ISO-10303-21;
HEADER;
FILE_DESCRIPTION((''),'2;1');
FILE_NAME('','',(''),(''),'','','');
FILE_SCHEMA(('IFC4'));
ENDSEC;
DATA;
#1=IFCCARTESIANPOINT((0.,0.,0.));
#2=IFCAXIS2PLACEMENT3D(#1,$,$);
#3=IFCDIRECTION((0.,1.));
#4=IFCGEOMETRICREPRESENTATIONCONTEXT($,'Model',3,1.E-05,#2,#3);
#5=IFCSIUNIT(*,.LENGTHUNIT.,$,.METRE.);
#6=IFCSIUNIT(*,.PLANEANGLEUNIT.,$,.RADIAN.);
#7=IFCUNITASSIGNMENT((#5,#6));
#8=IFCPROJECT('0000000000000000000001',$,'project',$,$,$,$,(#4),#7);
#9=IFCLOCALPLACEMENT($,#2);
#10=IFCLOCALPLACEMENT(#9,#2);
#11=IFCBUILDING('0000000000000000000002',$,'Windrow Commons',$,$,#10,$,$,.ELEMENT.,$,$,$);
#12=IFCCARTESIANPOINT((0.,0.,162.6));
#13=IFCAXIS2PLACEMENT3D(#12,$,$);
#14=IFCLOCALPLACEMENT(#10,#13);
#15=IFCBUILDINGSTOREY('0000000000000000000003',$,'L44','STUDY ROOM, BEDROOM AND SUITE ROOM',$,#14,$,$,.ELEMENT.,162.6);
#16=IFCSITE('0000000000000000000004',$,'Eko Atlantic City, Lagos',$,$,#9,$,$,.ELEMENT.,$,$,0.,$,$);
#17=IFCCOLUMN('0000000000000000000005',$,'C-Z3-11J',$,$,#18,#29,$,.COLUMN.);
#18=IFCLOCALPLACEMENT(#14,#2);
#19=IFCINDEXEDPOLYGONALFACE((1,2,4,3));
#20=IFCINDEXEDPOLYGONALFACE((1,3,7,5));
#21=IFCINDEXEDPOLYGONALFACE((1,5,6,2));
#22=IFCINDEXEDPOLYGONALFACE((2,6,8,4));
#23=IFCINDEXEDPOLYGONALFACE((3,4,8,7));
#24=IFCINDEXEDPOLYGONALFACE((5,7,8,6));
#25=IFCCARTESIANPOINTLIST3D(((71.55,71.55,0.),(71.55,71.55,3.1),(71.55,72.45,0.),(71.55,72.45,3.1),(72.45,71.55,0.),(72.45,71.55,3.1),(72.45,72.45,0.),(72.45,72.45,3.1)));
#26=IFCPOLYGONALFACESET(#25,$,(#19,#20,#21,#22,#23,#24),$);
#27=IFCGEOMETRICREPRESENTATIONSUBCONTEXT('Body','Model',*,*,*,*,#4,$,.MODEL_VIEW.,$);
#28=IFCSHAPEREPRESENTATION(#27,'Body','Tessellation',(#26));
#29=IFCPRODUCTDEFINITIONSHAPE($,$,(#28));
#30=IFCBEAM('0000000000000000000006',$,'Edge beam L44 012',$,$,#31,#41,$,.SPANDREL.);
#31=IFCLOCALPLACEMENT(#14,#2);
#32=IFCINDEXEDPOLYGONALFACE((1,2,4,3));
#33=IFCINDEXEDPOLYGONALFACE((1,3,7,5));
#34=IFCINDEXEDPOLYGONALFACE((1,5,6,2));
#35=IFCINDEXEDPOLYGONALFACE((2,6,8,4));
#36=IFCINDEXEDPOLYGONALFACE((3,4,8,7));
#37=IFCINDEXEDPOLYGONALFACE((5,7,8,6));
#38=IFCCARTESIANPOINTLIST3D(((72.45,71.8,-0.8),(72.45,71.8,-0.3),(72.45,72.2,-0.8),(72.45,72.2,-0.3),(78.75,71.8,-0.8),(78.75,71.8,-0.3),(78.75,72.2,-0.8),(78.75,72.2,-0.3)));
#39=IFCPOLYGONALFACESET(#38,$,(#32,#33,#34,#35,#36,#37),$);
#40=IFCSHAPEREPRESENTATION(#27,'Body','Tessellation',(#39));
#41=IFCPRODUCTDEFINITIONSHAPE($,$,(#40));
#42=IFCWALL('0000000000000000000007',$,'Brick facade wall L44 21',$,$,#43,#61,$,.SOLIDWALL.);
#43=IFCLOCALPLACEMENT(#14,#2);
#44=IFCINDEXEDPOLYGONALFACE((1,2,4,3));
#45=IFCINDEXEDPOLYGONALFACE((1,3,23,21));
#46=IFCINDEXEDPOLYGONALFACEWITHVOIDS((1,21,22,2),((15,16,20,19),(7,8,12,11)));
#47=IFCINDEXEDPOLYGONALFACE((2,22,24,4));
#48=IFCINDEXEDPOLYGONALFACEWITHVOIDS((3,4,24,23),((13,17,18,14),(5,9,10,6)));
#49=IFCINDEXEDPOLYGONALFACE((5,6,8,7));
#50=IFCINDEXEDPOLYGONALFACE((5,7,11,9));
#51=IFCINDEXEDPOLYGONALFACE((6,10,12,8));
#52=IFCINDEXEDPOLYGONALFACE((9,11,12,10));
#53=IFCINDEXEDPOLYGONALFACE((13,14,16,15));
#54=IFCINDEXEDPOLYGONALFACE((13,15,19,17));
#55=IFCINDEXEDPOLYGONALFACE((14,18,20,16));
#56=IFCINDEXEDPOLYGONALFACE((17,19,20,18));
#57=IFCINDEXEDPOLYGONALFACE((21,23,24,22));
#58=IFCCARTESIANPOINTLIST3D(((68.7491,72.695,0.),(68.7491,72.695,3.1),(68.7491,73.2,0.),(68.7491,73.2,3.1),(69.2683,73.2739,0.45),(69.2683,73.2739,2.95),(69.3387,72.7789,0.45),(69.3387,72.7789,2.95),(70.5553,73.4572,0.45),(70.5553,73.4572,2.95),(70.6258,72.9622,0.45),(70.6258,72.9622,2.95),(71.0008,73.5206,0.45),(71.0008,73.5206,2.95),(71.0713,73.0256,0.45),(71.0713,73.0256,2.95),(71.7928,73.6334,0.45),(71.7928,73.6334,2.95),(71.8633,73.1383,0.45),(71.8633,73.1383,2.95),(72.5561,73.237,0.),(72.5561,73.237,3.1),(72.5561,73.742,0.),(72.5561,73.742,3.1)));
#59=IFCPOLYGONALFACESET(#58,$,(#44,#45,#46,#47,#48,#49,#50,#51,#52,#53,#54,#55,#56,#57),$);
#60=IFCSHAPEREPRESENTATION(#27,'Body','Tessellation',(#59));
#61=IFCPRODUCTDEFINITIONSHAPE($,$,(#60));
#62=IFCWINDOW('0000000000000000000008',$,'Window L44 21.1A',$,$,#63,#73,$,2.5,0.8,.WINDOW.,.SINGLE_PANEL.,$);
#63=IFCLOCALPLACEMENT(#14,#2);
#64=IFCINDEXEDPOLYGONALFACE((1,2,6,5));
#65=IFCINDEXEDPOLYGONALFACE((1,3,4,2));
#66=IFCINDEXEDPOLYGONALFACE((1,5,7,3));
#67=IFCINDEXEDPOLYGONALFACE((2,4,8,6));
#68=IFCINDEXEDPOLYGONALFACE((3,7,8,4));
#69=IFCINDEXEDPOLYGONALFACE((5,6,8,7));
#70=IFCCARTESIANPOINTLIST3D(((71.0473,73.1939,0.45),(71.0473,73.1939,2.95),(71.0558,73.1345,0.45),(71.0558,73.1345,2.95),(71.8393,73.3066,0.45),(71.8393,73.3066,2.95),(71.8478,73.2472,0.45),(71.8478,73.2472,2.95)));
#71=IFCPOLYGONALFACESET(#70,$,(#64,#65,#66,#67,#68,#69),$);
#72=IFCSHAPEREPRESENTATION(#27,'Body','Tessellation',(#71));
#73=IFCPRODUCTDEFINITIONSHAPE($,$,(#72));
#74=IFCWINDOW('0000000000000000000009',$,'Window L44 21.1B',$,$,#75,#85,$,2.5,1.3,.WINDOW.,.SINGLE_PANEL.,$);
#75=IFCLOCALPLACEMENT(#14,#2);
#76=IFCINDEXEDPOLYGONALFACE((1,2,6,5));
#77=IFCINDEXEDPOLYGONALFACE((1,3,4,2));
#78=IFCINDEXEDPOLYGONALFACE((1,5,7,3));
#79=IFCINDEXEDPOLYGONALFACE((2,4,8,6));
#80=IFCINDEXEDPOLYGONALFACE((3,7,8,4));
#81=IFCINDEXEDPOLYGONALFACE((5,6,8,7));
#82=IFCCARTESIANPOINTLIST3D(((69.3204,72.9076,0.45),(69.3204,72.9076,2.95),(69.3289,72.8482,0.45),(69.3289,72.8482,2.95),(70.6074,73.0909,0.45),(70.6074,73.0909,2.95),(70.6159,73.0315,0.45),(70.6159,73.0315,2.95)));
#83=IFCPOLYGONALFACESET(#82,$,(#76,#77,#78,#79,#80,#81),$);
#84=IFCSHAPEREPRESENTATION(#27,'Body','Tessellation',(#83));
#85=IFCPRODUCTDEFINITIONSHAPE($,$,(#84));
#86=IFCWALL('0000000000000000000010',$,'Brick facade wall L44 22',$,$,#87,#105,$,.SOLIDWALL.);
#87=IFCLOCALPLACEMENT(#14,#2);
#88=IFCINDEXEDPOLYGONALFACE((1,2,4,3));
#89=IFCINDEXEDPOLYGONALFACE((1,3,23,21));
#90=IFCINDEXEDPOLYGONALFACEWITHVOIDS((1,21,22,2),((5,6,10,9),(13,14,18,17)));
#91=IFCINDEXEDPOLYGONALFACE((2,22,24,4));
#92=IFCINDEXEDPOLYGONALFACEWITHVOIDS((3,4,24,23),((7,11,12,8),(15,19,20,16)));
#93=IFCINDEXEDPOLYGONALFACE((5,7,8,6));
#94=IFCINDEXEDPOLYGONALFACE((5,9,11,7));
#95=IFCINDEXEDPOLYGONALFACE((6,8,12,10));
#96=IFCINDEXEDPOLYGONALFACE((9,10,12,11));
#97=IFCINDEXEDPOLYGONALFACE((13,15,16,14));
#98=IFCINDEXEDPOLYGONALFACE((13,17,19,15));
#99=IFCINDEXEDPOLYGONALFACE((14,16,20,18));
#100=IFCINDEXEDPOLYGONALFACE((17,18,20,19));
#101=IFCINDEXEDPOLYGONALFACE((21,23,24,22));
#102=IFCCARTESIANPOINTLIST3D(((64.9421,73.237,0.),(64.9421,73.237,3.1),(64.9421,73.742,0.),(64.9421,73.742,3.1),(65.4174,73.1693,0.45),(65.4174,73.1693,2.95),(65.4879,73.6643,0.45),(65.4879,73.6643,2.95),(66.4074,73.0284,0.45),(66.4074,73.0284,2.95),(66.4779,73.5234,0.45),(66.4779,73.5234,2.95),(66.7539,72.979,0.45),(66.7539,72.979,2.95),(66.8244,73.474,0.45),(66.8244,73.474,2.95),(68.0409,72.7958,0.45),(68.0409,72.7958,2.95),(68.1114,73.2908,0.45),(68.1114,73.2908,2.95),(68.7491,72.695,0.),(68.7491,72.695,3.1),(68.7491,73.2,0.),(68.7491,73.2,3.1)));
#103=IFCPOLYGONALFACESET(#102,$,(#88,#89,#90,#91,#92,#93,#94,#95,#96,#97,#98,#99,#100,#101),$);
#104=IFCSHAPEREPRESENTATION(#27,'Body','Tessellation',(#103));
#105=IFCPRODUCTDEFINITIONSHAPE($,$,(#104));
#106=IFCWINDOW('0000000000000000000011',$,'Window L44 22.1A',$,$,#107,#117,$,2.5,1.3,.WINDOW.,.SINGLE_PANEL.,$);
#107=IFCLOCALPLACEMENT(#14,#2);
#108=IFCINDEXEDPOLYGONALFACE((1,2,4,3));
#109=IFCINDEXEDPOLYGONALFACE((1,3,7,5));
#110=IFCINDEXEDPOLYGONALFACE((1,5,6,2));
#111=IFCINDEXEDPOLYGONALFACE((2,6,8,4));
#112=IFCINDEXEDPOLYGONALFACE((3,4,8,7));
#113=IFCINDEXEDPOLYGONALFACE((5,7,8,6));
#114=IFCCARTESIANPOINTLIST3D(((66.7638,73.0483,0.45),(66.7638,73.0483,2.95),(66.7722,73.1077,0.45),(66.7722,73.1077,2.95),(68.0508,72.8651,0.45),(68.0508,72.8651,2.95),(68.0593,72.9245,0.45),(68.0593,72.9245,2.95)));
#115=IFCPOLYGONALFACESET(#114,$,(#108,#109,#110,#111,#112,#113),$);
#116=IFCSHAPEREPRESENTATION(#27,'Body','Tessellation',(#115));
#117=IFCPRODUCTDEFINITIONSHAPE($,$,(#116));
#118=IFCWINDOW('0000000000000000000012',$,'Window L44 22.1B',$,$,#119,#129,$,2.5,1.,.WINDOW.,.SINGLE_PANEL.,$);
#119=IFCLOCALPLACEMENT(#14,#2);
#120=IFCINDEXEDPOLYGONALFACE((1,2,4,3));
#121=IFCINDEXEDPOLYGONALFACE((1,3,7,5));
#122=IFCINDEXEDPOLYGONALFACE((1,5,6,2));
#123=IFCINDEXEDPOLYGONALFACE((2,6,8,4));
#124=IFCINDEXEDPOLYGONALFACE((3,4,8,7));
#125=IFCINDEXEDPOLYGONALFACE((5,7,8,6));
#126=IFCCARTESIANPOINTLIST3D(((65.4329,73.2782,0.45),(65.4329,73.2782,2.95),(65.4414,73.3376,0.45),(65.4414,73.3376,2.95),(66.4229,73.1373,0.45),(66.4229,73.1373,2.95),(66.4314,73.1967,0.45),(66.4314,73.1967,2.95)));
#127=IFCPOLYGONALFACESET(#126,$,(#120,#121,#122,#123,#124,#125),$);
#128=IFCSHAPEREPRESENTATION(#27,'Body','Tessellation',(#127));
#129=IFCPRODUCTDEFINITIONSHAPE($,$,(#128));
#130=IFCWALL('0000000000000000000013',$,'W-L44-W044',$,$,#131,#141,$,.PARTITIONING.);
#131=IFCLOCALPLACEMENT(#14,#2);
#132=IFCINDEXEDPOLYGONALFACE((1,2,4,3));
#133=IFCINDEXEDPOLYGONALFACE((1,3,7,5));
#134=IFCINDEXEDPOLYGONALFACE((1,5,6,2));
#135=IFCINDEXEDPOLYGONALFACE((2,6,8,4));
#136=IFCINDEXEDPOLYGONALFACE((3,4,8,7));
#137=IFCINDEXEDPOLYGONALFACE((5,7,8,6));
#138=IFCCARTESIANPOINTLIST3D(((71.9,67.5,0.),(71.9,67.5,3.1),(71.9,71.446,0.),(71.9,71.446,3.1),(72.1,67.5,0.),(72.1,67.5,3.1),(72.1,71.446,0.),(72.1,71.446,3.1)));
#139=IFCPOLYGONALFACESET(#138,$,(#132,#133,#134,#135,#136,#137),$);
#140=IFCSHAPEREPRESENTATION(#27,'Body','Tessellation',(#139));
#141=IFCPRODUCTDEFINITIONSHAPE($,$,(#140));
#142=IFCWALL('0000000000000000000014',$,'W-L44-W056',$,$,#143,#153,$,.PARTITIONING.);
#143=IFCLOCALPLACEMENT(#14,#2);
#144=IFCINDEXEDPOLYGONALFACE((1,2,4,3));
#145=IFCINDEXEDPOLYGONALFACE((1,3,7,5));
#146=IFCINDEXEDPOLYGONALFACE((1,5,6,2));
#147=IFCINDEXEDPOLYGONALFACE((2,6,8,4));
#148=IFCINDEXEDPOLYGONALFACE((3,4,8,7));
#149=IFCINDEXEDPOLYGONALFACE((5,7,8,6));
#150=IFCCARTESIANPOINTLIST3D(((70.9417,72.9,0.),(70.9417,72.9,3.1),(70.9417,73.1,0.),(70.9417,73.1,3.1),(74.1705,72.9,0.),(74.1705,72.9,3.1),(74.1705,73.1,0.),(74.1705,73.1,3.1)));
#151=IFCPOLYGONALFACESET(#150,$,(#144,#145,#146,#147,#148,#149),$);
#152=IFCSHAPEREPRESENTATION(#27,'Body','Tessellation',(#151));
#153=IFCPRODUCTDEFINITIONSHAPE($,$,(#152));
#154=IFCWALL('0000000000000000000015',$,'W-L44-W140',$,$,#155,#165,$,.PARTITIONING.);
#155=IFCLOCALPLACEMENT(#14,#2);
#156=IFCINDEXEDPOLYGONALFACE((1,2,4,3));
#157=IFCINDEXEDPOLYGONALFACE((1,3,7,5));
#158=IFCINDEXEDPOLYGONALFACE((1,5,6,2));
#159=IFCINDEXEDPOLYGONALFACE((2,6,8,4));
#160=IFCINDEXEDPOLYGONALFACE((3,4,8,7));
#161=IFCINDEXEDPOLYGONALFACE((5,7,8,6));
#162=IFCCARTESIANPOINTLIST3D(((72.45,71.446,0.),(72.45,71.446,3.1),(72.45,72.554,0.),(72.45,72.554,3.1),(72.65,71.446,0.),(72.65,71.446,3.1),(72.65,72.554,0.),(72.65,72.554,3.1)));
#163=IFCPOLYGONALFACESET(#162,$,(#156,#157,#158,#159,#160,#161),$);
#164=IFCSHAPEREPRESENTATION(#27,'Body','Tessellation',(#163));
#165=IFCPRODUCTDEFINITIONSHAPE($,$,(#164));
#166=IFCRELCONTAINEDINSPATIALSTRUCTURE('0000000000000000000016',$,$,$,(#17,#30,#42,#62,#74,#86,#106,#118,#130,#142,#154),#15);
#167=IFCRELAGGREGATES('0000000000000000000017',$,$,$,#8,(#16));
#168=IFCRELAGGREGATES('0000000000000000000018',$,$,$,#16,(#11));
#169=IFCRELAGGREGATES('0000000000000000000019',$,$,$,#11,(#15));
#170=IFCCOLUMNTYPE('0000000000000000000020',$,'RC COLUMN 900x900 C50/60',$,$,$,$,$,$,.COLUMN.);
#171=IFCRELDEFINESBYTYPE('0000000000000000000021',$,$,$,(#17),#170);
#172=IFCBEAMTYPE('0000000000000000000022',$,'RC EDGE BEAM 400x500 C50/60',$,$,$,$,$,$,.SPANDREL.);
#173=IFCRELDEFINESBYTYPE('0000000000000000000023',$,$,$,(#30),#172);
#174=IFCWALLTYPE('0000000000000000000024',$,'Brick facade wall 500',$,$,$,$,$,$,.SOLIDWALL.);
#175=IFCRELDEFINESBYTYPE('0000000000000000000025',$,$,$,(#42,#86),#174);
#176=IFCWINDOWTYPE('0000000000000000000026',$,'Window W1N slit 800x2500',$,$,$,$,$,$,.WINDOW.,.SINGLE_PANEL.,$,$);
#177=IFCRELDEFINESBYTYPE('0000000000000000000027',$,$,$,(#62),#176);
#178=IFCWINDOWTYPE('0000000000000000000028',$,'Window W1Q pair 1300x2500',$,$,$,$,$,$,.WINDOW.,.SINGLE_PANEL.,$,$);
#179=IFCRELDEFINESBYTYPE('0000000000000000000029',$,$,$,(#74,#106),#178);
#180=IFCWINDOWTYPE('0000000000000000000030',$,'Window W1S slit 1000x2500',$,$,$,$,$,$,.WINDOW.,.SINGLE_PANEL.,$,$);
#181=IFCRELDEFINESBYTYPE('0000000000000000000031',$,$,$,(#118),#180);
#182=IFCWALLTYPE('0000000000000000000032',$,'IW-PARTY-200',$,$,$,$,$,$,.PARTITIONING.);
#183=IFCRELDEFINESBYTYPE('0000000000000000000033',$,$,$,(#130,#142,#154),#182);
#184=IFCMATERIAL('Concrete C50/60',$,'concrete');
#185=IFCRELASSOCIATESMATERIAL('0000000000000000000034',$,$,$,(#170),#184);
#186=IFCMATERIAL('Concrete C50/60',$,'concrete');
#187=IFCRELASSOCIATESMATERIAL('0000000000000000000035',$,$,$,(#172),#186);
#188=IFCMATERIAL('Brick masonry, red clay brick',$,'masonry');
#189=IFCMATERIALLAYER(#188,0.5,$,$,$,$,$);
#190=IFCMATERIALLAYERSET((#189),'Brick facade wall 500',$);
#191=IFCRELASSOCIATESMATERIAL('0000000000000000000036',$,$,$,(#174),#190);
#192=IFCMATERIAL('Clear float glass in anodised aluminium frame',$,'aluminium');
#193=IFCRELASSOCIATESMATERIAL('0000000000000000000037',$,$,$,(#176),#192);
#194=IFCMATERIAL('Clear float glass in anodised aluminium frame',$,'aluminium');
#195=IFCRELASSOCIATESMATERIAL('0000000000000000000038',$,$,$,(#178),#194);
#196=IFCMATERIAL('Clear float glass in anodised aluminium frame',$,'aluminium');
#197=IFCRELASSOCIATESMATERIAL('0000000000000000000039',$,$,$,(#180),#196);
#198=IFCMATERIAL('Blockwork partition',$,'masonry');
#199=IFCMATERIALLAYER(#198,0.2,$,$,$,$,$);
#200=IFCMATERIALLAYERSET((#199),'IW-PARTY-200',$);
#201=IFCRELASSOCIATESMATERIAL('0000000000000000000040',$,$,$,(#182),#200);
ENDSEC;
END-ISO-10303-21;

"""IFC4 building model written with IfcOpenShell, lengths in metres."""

from ifc_helpers import new_model, si_unit, direction, frame, frame_2d, origin, origin_2d, place, context, subcontext, project, spatial, polyline, rectangle, outline, extrude, material, layer, layer_set, material_profile, profile_set, type_object, element, fill, save


model = new_model("IFC4")

# Units and contexts
model_context = context("Model", 3, precision=1e-05, world=origin(), true_north=direction((0.0, 1.0)))
body_context = subcontext(model_context, "Body", "Model", "MODEL_VIEW")
ifc_project = project(units=[si_unit("LENGTHUNIT", "METRE"), si_unit("PLANEANGLEUNIT", "RADIAN")], contexts=[model_context])

# Site, building, storey
site_placement = place(None, origin())
site = spatial("IfcSite", under=ifc_project, at=site_placement, Name="Eko Atlantic City, Lagos", CompositionType="ELEMENT", RefElevation=0.0)
building_placement = place(site_placement, origin())
building = spatial("IfcBuilding", under=site, at=building_placement, Name="Windrow Commons", CompositionType="ELEMENT")
storey_placement = place(building_placement, frame((0.0, 0.0, 162.6)))
storey = spatial("IfcBuildingStorey", under=building, at=storey_placement, Name="L44", Description="STUDY ROOM, BEDROOM AND SUITE ROOM", CompositionType="ELEMENT", Elevation=162.6)

# Column
ifc_material_1 = material(Name="Concrete C50/60", Category="concrete")
ifc_material_profile_1 = material_profile(ifc_material_1, rectangle(XDim=0.9, YDim=0.9, at=origin_2d()))
ifc_profile_set_1 = profile_set([ifc_material_profile_1], Name="Concrete C50/60")
column_type = type_object("IfcColumnType", Name="RC COLUMN 900x900 C50/60", PredefinedType="COLUMN", material=ifc_profile_set_1)
column_placement = place(storey_placement, frame((72.0, 72.0, 0.0), z_axis=(0.0, 0.0, 1.0), x_axis=(1.0, 0.0, 0.0)))
element("IfcColumn", 1, at=column_placement, inside=storey, type_object=column_type, Name="C-Z3-11J", PredefinedType="COLUMN", context=body_context, shape_type="SweptSolid", body=[
    extrude(rectangle(XDim=0.9, YDim=0.9, at=origin_2d()), origin(), (0.0, 0.0, 1.0), 3.1),
])

# Beam
ifc_material_2 = material(Name="Concrete C50/60", Category="concrete")
ifc_material_profile_2 = material_profile(ifc_material_2, rectangle(XDim=0.4, YDim=0.5, at=origin_2d()))
ifc_profile_set_2 = profile_set([ifc_material_profile_2], Name="Concrete C50/60")
beam_type = type_object("IfcBeamType", Name="RC EDGE BEAM 400x500 C50/60", PredefinedType="SPANDREL", material=ifc_profile_set_2)
beam_placement = place(storey_placement, frame((72.45, 72.0, -0.55), z_axis=(1.0, 0.0, 0.0), x_axis=(0.0, 1.0, 0.0)))
element("IfcBeam", 2, at=beam_placement, inside=storey, type_object=beam_type, Name="Edge beam L44 012", PredefinedType="SPANDREL", context=body_context, shape_type="SweptSolid", body=[
    extrude(rectangle(XDim=0.4, YDim=0.5, at=origin_2d()), origin(), (0.0, 0.0, 1.0), 6.3),
])

# Walls, openings, windows
ifc_material_3 = material(Name="Brick masonry, red clay brick", Category="masonry")
ifc_layer_1 = layer(ifc_material_3, 0.5)
ifc_layer_set_1 = layer_set([ifc_layer_1], Name="Brick facade wall 500")
wall_type_1 = type_object("IfcWallType", Name="Brick facade wall 500", PredefinedType="SOLIDWALL", material=ifc_layer_set_1)
wall_1_placement = place(storey_placement, frame((72.5561, 73.4895, 0.0), z_axis=(0.0, 0.0, 1.0), x_axis=(-0.990017, -0.140948, 0.0)))
wall_1 = element("IfcWall", 3, at=wall_1_placement, inside=storey, type_object=wall_type_1, Name="Brick facade wall L44 21", PredefinedType="SOLIDWALL", context=body_context, shape_type="SweptSolid", body=[
    extrude(outline(polyline([(-0.0356, -0.25), (3.8098, -0.25), (3.881, 0.25), (0.0356, 0.25), (-0.0356, -0.25)])), origin(), (0.0, 0.0, 1.0), 3.1),
])
opening_1_placement = place(wall_1_placement, frame((0.7354, 0.0, 0.45)))
opening_1 = element("IfcOpeningElement", 4, at=opening_1_placement, cuts=wall_1, PredefinedType="OPENING", context=body_context, shape_type="SweptSolid", body=[
    extrude(rectangle(XDim=0.8, YDim=2.5, at=frame_2d((0.4, 1.25))), frame((0.0, 0.26, 0.0), z_axis=(0.0, -1.0, 0.0), x_axis=(1.0, 0.0, 0.0)), (0.0, 0.0, 1.0), 0.52),
])
opening_2_placement = place(wall_1_placement, frame((1.9854, 0.0, 0.45)))
opening_2 = element("IfcOpeningElement", 5, at=opening_2_placement, cuts=wall_1, PredefinedType="OPENING", context=body_context, shape_type="SweptSolid", body=[
    extrude(rectangle(XDim=1.3, YDim=2.5, at=frame_2d((0.65, 1.25))), frame((0.0, 0.26, 0.0), z_axis=(0.0, -1.0, 0.0), x_axis=(1.0, 0.0, 0.0)), (0.0, 0.0, 1.0), 0.52),
])
ifc_material_4 = material(Name="Clear float glass in anodised aluminium frame", Category="aluminium")
window_type_1 = type_object("IfcWindowType", Name="Window W1N slit 800x2500", PartitioningType="SINGLE_PANEL", PredefinedType="WINDOW", material=ifc_material_4)
window_1_placement = place(opening_1_placement, origin())
window_1 = element("IfcWindow", 6, at=window_1_placement, inside=storey, type_object=window_type_1, Name="Window L44 21.1A", OverallHeight=2.5, OverallWidth=0.8, PartitioningType="SINGLE_PANEL", PredefinedType="WINDOW", context=body_context, shape_type="SweptSolid", body=[
    extrude(rectangle(XDim=0.8, YDim=2.5, at=frame_2d((0.4, 1.25))), frame((0.0, 0.14, 0.0), z_axis=(0.0, -1.0, 0.0), x_axis=(1.0, 0.0, 0.0)), (0.0, 0.0, 1.0), 0.06),
])
fill(opening_1, window_1)
ifc_material_5 = material(Name="Clear float glass in anodised aluminium frame", Category="aluminium")
window_type_2 = type_object("IfcWindowType", Name="Window W1Q pair 1300x2500", PartitioningType="SINGLE_PANEL", PredefinedType="WINDOW", material=ifc_material_5)
window_2_placement = place(opening_2_placement, origin())
window_2 = element("IfcWindow", 7, at=window_2_placement, inside=storey, type_object=window_type_2, Name="Window L44 21.1B", OverallHeight=2.5, OverallWidth=1.3, PartitioningType="SINGLE_PANEL", PredefinedType="WINDOW", context=body_context, shape_type="SweptSolid", body=[
    extrude(rectangle(XDim=1.3, YDim=2.5, at=frame_2d((0.65, 1.25))), frame((0.0, 0.18, 0.0), z_axis=(0.0, -1.0, 0.0), x_axis=(1.0, 0.0, 0.0)), (0.0, 0.0, 1.0), 0.06),
])
fill(opening_2, window_2)
wall_2_placement = place(storey_placement, frame((68.7491, 72.9475, 0.0), z_axis=(0.0, 0.0, 1.0), x_axis=(-0.990017, 0.140948, 0.0)))
wall_2 = element("IfcWall", 8, at=wall_2_placement, inside=storey, type_object=wall_type_1, Name="Brick facade wall L44 22", PredefinedType="SOLIDWALL", context=body_context, shape_type="SweptSolid", body=[
    extrude(outline(polyline([(0.0356, -0.25), (3.881, -0.25), (3.8098, 0.25), (-0.0356, 0.25), (0.0356, -0.25)])), origin(), (0.0, 0.0, 1.0), 3.1),
])
opening_3_placement = place(wall_2_placement, frame((0.6797, 0.0, 0.45)))
opening_3 = element("IfcOpeningElement", 9, at=opening_3_placement, cuts=wall_2, PredefinedType="OPENING", context=body_context, shape_type="SweptSolid", body=[
    extrude(rectangle(XDim=1.3, YDim=2.5, at=frame_2d((0.65, 1.25))), frame((0.0, 0.26, 0.0), z_axis=(0.0, -1.0, 0.0), x_axis=(1.0, 0.0, 0.0)), (0.0, 0.0, 1.0), 0.52),
])
opening_4_placement = place(wall_2_placement, frame((2.3297, 0.0, 0.45)))
opening_4 = element("IfcOpeningElement", 10, at=opening_4_placement, cuts=wall_2, PredefinedType="OPENING", context=body_context, shape_type="SweptSolid", body=[
    extrude(rectangle(XDim=1.0, YDim=2.5, at=frame_2d((0.5, 1.25))), frame((0.0, 0.26, 0.0), z_axis=(0.0, -1.0, 0.0), x_axis=(1.0, 0.0, 0.0)), (0.0, 0.0, 1.0), 0.52),
])
window_3_placement = place(opening_3_placement, origin())
window_3 = element("IfcWindow", 11, at=window_3_placement, inside=storey, type_object=window_type_2, Name="Window L44 22.1A", OverallHeight=2.5, OverallWidth=1.3, PartitioningType="SINGLE_PANEL", PredefinedType="WINDOW", context=body_context, shape_type="SweptSolid", body=[
    extrude(rectangle(XDim=1.3, YDim=2.5, at=frame_2d((0.65, 1.25))), frame((0.0, 0.18, 0.0), z_axis=(0.0, -1.0, 0.0), x_axis=(1.0, 0.0, 0.0)), (0.0, 0.0, 1.0), 0.06),
])
fill(opening_3, window_3)
ifc_material_6 = material(Name="Clear float glass in anodised aluminium frame", Category="aluminium")
window_type_3 = type_object("IfcWindowType", Name="Window W1S slit 1000x2500", PartitioningType="SINGLE_PANEL", PredefinedType="WINDOW", material=ifc_material_6)
window_4_placement = place(opening_4_placement, origin())
window_4 = element("IfcWindow", 12, at=window_4_placement, inside=storey, type_object=window_type_3, Name="Window L44 22.1B", OverallHeight=2.5, OverallWidth=1.0, PartitioningType="SINGLE_PANEL", PredefinedType="WINDOW", context=body_context, shape_type="SweptSolid", body=[
    extrude(rectangle(XDim=1.0, YDim=2.5, at=frame_2d((0.5, 1.25))), frame((0.0, 0.14, 0.0), z_axis=(0.0, -1.0, 0.0), x_axis=(1.0, 0.0, 0.0)), (0.0, 0.0, 1.0), 0.06),
])
fill(opening_4, window_4)

# Walls
ifc_material_7 = material(Name="Blockwork partition", Category="masonry")
ifc_layer_2 = layer(ifc_material_7, 0.2)
ifc_layer_set_2 = layer_set([ifc_layer_2], Name="IW-PARTY-200")
wall_type_2 = type_object("IfcWallType", Name="IW-PARTY-200", PredefinedType="PARTITIONING", material=ifc_layer_set_2)
wall_3_placement = place(storey_placement, frame((72.0, 67.5, 0.0), z_axis=(0.0, 0.0, 1.0), x_axis=(0.0, 1.0, 0.0)))
element("IfcWall", 13, at=wall_3_placement, inside=storey, type_object=wall_type_2, Name="W-L44-W044", PredefinedType="PARTITIONING", context=body_context, shape_type="SweptSolid", body=[
    extrude(rectangle(XDim=3.946, YDim=0.2, at=frame_2d((1.973, 0.0))), origin(), (0.0, 0.0, 1.0), 3.1),
])
wall_4_placement = place(storey_placement, frame((70.9417, 73.0, 0.0), z_axis=(0.0, 0.0, 1.0), x_axis=(1.0, 0.0, 0.0)))
element("IfcWall", 14, at=wall_4_placement, inside=storey, type_object=wall_type_2, Name="W-L44-W056", PredefinedType="PARTITIONING", context=body_context, shape_type="SweptSolid", body=[
    extrude(rectangle(XDim=3.2288, YDim=0.2, at=frame_2d((1.6144, 0.0))), origin(), (0.0, 0.0, 1.0), 3.1),
])
wall_5_placement = place(storey_placement, frame((72.55, 71.446, 0.0), z_axis=(0.0, 0.0, 1.0), x_axis=(0.0, 1.0, 0.0)))
element("IfcWall", 15, at=wall_5_placement, inside=storey, type_object=wall_type_2, Name="W-L44-W140", PredefinedType="PARTITIONING", context=body_context, shape_type="SweptSolid", body=[
    extrude(rectangle(XDim=1.108, YDim=0.2, at=frame_2d((0.554, 0.0))), origin(), (0.0, 0.0, 1.0), 3.1),
])

save(model, "model.ifc")
